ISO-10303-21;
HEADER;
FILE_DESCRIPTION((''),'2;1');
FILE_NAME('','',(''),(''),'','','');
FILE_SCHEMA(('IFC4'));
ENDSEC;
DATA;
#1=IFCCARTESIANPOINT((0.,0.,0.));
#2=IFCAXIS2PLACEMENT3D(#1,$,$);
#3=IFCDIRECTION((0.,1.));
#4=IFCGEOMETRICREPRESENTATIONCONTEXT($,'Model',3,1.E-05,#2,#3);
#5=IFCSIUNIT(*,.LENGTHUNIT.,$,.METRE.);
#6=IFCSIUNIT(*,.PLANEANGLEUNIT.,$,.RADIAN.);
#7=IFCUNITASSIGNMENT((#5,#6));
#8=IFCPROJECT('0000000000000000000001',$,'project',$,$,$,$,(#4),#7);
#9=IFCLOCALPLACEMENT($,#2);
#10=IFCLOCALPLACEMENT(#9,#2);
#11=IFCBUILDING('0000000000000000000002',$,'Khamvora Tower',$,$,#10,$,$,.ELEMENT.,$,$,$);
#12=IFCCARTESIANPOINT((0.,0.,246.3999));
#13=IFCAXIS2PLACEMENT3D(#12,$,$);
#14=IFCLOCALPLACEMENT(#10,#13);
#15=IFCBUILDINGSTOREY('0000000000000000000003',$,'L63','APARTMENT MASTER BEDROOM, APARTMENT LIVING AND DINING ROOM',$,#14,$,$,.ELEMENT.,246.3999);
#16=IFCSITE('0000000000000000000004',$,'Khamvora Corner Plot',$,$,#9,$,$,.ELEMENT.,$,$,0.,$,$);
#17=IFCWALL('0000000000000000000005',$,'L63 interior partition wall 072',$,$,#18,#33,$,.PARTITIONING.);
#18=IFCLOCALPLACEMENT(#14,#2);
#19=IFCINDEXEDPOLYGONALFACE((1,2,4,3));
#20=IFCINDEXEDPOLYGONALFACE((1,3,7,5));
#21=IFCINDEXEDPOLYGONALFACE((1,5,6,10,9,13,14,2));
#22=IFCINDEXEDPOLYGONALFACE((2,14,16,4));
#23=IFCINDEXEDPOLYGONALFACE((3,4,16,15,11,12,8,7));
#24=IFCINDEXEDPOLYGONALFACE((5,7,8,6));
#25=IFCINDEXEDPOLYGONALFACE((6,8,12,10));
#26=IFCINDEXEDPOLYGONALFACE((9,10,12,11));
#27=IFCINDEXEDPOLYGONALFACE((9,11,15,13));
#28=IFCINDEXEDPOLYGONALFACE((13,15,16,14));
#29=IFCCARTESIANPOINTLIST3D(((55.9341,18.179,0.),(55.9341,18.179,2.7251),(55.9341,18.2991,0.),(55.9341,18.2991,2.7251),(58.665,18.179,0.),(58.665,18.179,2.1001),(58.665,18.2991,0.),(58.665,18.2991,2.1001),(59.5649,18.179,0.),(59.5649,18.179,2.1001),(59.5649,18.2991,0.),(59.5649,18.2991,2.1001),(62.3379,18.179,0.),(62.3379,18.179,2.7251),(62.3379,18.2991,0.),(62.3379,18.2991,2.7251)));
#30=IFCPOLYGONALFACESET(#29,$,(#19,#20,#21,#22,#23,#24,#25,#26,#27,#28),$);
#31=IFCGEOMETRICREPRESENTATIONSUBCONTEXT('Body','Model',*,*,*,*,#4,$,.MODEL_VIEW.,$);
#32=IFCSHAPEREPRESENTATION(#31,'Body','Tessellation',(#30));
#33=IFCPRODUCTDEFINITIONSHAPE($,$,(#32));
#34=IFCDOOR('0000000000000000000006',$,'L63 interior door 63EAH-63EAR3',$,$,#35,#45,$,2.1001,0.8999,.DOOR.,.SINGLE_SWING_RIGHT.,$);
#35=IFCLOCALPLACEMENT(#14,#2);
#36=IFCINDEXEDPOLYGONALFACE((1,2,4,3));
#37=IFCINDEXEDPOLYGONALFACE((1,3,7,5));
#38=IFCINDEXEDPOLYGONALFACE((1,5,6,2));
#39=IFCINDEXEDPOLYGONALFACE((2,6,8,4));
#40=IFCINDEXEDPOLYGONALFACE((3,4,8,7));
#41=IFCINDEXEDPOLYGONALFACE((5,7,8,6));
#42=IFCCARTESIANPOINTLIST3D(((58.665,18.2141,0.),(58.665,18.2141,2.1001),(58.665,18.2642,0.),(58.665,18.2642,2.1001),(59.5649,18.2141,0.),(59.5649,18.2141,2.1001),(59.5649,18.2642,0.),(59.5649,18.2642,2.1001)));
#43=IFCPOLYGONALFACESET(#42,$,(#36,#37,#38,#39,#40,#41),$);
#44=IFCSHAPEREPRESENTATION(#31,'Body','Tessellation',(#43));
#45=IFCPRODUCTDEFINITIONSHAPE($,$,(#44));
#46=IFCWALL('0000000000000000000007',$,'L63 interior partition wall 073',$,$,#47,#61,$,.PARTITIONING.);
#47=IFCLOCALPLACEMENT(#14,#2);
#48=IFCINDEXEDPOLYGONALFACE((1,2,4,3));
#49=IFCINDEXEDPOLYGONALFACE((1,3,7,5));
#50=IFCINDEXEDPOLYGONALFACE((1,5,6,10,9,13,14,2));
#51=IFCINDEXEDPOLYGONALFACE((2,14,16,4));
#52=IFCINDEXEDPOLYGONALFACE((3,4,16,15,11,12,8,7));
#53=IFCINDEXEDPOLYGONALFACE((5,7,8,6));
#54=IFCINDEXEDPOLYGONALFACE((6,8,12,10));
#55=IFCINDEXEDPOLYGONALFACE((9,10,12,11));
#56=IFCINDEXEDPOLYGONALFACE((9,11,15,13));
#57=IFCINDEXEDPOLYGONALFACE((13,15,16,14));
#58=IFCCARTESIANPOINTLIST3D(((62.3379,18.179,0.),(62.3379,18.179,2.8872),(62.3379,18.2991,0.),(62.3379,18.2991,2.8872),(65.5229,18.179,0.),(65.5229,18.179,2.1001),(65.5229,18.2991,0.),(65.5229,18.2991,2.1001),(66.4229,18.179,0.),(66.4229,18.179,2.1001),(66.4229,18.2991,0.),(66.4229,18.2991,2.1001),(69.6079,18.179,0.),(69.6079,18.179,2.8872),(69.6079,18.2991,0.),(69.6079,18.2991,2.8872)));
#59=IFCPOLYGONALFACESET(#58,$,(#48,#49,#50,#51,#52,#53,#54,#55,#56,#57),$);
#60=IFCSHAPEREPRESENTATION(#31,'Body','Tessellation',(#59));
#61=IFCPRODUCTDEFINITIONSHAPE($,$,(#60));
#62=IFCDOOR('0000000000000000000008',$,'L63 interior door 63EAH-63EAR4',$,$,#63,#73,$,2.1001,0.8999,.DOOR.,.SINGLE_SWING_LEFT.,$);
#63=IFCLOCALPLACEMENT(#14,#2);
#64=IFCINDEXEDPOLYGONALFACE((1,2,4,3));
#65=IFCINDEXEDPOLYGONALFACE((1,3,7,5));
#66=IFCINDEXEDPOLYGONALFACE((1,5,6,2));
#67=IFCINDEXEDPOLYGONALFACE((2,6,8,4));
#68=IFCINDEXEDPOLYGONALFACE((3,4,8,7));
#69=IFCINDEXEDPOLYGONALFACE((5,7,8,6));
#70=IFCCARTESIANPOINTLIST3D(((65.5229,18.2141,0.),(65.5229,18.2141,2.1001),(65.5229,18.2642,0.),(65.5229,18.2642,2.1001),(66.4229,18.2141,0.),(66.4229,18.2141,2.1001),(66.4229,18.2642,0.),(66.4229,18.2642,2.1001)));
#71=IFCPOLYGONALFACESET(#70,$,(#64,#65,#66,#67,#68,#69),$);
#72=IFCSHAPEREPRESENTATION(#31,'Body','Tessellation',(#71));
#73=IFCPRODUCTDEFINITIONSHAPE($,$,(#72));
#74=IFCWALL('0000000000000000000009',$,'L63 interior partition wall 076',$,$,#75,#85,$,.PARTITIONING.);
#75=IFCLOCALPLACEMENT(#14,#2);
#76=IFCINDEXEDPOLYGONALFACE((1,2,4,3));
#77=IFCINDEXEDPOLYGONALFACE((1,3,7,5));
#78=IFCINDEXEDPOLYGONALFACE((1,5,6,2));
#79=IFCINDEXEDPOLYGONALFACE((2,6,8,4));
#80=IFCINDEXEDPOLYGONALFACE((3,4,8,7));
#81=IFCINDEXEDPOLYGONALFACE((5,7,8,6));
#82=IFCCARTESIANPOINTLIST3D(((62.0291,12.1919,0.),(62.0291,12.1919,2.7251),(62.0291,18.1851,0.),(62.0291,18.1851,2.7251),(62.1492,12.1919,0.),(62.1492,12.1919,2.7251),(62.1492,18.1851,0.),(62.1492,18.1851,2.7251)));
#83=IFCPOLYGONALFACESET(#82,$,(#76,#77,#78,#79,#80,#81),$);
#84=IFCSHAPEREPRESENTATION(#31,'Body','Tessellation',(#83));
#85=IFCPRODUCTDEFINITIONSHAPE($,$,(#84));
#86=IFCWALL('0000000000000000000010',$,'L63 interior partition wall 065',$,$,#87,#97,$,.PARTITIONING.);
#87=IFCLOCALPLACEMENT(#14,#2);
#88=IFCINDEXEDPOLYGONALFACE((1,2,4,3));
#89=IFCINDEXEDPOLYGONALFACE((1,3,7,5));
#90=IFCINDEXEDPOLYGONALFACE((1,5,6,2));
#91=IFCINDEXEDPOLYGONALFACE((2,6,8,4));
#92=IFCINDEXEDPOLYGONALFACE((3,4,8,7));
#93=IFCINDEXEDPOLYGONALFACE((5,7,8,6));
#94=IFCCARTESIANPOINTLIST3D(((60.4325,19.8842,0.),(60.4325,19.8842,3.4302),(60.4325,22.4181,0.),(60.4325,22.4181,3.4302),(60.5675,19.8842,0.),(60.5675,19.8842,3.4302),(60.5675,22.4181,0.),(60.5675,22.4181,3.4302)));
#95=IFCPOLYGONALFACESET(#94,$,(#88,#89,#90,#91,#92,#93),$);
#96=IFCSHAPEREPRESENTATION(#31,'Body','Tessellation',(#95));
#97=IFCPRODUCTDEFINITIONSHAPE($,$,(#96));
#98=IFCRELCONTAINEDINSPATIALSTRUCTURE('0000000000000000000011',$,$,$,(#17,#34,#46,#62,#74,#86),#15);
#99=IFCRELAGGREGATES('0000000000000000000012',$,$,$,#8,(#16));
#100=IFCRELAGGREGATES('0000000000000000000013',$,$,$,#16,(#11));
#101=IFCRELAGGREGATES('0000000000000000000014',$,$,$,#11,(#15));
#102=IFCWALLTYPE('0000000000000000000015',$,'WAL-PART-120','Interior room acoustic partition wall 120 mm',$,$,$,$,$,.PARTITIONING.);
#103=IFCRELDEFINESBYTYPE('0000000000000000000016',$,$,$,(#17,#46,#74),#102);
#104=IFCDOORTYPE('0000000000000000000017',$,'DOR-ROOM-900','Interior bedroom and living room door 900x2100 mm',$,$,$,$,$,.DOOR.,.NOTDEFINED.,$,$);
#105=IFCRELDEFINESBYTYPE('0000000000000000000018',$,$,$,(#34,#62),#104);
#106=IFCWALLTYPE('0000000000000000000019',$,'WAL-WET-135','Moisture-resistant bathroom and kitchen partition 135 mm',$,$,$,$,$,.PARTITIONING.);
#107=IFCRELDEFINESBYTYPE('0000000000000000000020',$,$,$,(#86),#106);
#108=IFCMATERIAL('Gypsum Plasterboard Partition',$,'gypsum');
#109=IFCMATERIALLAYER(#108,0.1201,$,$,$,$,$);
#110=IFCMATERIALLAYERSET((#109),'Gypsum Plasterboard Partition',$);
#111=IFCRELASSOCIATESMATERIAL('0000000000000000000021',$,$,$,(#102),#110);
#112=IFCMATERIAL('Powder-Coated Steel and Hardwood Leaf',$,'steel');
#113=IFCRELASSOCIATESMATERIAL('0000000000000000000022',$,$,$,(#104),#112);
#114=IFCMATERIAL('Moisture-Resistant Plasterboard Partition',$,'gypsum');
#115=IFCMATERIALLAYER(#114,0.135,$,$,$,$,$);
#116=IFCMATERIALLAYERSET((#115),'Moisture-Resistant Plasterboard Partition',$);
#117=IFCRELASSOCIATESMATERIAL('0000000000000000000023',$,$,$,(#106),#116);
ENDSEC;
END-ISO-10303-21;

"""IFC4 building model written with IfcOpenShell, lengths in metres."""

from ifc_helpers import new_model, si_unit, direction, frame, frame_2d, origin, place, context, subcontext, project, spatial, rectangle, extrude, material, layer, layer_set, type_object, element, fill, save


model = new_model("IFC4")

# Units and contexts
model_context = context("Model", 3, precision=1e-05, world=origin(), true_north=direction((0.0, 1.0)))
body_context = subcontext(model_context, "Body", "Model", "MODEL_VIEW")
ifc_project = project(units=[si_unit("LENGTHUNIT", "METRE"), si_unit("PLANEANGLEUNIT", "RADIAN")], contexts=[model_context])

# Site, building, storey
site_placement = place(None, origin())
site = spatial("IfcSite", under=ifc_project, at=site_placement, Name="Khamvora Corner Plot", CompositionType="ELEMENT", RefElevation=0.0)
building_placement = place(site_placement, origin())
building = spatial("IfcBuilding", under=site, at=building_placement, Name="Khamvora Tower", CompositionType="ELEMENT")
storey_placement = place(building_placement, frame((0.0, 0.0, 246.3999)))
storey = spatial("IfcBuildingStorey", under=building, at=storey_placement, Name="L63", Description="APARTMENT MASTER BEDROOM, APARTMENT LIVING AND DINING ROOM", CompositionType="ELEMENT", Elevation=246.3999)

# Walls, openings, doors
ifc_material_1 = material(Name="Gypsum Plasterboard Partition", Category="gypsum")
ifc_layer_1 = layer(ifc_material_1, 0.1201)
ifc_layer_set_1 = layer_set([ifc_layer_1], Name="Gypsum Plasterboard Partition")
wall_type_1 = type_object("IfcWallType", Name="WAL-PART-120", Description="Interior room acoustic partition wall 120 mm", PredefinedType="PARTITIONING", material=ifc_layer_set_1)
ifc_material_2 = material(Name="Powder-Coated Steel and Hardwood Leaf", Category="steel")
door_type = type_object("IfcDoorType", Name="DOR-ROOM-900", Description="Interior bedroom and living room door 900x2100 mm", OperationType="NOTDEFINED", PredefinedType="DOOR", material=ifc_material_2)
wall_1_placement = place(storey_placement, frame((62.3379, 18.239, 0.0), z_axis=(0.0, 0.0, 1.0), x_axis=(-1.0, 0.0, 0.0)))
wall_1 = element("IfcWall", 1, at=wall_1_placement, inside=storey, type_object=wall_type_1, Name="L63 interior partition wall 072", PredefinedType="PARTITIONING", context=body_context, shape_type="SweptSolid", body=[
    extrude(rectangle(XDim=6.4038, YDim=0.1201, at=frame_2d((3.2019, 0.0))), origin(), (0.0, 0.0, 1.0), 2.7251),
])
opening_1_placement = place(wall_1_placement, frame((2.7729, 0.0, 0.0)))
opening_1 = element("IfcOpeningElement", 2, at=opening_1_placement, cuts=wall_1, PredefinedType="OPENING", context=body_context, shape_type="SweptSolid", body=[
    extrude(rectangle(XDim=0.8999, YDim=2.1001, at=frame_2d((0.45, 1.05))), frame((0.0, 0.0701, 0.0), z_axis=(0.0, -1.0, 0.0), x_axis=(1.0, 0.0, 0.0)), (0.0, 0.0, 1.0), 0.1401),
])
door_1_placement = place(opening_1_placement, origin())
door_1 = element("IfcDoor", 3, at=door_1_placement, inside=storey, type_object=door_type, Name="L63 interior door 63EAH-63EAR3", OperationType="SINGLE_SWING_RIGHT", OverallHeight=2.1001, OverallWidth=0.8999, PredefinedType="DOOR", context=body_context, shape_type="SweptSolid", body=[
    extrude(rectangle(XDim=0.8999, YDim=2.1001, at=frame_2d((0.45, 1.05))), frame((0.0, 0.0249, 0.0), z_axis=(0.0, -1.0, 0.0), x_axis=(1.0, 0.0, 0.0)), (0.0, 0.0, 1.0), 0.05),
])
fill(opening_1, door_1)
wall_2_placement = place(storey_placement, frame((69.6079, 18.239, 0.0), z_axis=(0.0, 0.0, 1.0), x_axis=(-1.0, 0.0, 0.0)))
wall_2 = element("IfcWall", 4, at=wall_2_placement, inside=storey, type_object=wall_type_1, Name="L63 interior partition wall 073", PredefinedType="PARTITIONING", context=body_context, shape_type="SweptSolid", body=[
    extrude(rectangle(XDim=7.27, YDim=0.1201, at=frame_2d((3.635, 0.0))), origin(), (0.0, 0.0, 1.0), 2.8872),
])
opening_2_placement = place(wall_2_placement, frame((3.1851, 0.0, 0.0)))
opening_2 = element("IfcOpeningElement", 5, at=opening_2_placement, cuts=wall_2, PredefinedType="OPENING", context=body_context, shape_type="SweptSolid", body=[
    extrude(rectangle(XDim=0.8999, YDim=2.1001, at=frame_2d((0.45, 1.05))), frame((0.0, 0.0701, 0.0), z_axis=(0.0, -1.0, 0.0), x_axis=(1.0, 0.0, 0.0)), (0.0, 0.0, 1.0), 0.1401),
])
door_2_placement = place(opening_2_placement, origin())
door_2 = element("IfcDoor", 6, at=door_2_placement, inside=storey, type_object=door_type, Name="L63 interior door 63EAH-63EAR4", OperationType="SINGLE_SWING_LEFT", OverallHeight=2.1001, OverallWidth=0.8999, PredefinedType="DOOR", context=body_context, shape_type="SweptSolid", body=[
    extrude(rectangle(XDim=0.8999, YDim=2.1001, at=frame_2d((0.45, 1.05))), frame((0.0, 0.0249, 0.0), z_axis=(0.0, -1.0, 0.0), x_axis=(1.0, 0.0, 0.0)), (0.0, 0.0, 1.0), 0.05),
])
fill(opening_2, door_2)

# Walls
wall_3_placement = place(storey_placement, frame((62.0891, 18.1851, 0.0), z_axis=(0.0, 0.0, 1.0), x_axis=(0.0, -1.0, 0.0)))
element("IfcWall", 7, at=wall_3_placement, inside=storey, type_object=wall_type_1, Name="L63 interior partition wall 076", PredefinedType="PARTITIONING", context=body_context, shape_type="SweptSolid", body=[
    extrude(rectangle(XDim=5.9932, YDim=0.1201, at=frame_2d((2.9966, 0.0))), origin(), (0.0, 0.0, 1.0), 2.7251),
])
ifc_material_3 = material(Name="Moisture-Resistant Plasterboard Partition", Category="gypsum")
ifc_layer_2 = layer(ifc_material_3, 0.135)
ifc_layer_set_2 = layer_set([ifc_layer_2], Name="Moisture-Resistant Plasterboard Partition")
wall_type_2 = type_object("IfcWallType", Name="WAL-WET-135", Description="Moisture-resistant bathroom and kitchen partition 135 mm", PredefinedType="PARTITIONING", material=ifc_layer_set_2)
wall_4_placement = place(storey_placement, frame((60.5, 19.884, 0.0), z_axis=(0.0, 0.0, 1.0), x_axis=(0.0, 1.0, 0.0)))
element("IfcWall", 8, at=wall_4_placement, inside=storey, type_object=wall_type_2, Name="L63 interior partition wall 065", PredefinedType="PARTITIONING", context=body_context, shape_type="SweptSolid", body=[
    extrude(rectangle(XDim=2.5339, YDim=0.135, at=frame_2d((1.2671, 0.0))), origin(), (0.0, 0.0, 1.0), 3.4302),
])

save(model, "model.ifc")
